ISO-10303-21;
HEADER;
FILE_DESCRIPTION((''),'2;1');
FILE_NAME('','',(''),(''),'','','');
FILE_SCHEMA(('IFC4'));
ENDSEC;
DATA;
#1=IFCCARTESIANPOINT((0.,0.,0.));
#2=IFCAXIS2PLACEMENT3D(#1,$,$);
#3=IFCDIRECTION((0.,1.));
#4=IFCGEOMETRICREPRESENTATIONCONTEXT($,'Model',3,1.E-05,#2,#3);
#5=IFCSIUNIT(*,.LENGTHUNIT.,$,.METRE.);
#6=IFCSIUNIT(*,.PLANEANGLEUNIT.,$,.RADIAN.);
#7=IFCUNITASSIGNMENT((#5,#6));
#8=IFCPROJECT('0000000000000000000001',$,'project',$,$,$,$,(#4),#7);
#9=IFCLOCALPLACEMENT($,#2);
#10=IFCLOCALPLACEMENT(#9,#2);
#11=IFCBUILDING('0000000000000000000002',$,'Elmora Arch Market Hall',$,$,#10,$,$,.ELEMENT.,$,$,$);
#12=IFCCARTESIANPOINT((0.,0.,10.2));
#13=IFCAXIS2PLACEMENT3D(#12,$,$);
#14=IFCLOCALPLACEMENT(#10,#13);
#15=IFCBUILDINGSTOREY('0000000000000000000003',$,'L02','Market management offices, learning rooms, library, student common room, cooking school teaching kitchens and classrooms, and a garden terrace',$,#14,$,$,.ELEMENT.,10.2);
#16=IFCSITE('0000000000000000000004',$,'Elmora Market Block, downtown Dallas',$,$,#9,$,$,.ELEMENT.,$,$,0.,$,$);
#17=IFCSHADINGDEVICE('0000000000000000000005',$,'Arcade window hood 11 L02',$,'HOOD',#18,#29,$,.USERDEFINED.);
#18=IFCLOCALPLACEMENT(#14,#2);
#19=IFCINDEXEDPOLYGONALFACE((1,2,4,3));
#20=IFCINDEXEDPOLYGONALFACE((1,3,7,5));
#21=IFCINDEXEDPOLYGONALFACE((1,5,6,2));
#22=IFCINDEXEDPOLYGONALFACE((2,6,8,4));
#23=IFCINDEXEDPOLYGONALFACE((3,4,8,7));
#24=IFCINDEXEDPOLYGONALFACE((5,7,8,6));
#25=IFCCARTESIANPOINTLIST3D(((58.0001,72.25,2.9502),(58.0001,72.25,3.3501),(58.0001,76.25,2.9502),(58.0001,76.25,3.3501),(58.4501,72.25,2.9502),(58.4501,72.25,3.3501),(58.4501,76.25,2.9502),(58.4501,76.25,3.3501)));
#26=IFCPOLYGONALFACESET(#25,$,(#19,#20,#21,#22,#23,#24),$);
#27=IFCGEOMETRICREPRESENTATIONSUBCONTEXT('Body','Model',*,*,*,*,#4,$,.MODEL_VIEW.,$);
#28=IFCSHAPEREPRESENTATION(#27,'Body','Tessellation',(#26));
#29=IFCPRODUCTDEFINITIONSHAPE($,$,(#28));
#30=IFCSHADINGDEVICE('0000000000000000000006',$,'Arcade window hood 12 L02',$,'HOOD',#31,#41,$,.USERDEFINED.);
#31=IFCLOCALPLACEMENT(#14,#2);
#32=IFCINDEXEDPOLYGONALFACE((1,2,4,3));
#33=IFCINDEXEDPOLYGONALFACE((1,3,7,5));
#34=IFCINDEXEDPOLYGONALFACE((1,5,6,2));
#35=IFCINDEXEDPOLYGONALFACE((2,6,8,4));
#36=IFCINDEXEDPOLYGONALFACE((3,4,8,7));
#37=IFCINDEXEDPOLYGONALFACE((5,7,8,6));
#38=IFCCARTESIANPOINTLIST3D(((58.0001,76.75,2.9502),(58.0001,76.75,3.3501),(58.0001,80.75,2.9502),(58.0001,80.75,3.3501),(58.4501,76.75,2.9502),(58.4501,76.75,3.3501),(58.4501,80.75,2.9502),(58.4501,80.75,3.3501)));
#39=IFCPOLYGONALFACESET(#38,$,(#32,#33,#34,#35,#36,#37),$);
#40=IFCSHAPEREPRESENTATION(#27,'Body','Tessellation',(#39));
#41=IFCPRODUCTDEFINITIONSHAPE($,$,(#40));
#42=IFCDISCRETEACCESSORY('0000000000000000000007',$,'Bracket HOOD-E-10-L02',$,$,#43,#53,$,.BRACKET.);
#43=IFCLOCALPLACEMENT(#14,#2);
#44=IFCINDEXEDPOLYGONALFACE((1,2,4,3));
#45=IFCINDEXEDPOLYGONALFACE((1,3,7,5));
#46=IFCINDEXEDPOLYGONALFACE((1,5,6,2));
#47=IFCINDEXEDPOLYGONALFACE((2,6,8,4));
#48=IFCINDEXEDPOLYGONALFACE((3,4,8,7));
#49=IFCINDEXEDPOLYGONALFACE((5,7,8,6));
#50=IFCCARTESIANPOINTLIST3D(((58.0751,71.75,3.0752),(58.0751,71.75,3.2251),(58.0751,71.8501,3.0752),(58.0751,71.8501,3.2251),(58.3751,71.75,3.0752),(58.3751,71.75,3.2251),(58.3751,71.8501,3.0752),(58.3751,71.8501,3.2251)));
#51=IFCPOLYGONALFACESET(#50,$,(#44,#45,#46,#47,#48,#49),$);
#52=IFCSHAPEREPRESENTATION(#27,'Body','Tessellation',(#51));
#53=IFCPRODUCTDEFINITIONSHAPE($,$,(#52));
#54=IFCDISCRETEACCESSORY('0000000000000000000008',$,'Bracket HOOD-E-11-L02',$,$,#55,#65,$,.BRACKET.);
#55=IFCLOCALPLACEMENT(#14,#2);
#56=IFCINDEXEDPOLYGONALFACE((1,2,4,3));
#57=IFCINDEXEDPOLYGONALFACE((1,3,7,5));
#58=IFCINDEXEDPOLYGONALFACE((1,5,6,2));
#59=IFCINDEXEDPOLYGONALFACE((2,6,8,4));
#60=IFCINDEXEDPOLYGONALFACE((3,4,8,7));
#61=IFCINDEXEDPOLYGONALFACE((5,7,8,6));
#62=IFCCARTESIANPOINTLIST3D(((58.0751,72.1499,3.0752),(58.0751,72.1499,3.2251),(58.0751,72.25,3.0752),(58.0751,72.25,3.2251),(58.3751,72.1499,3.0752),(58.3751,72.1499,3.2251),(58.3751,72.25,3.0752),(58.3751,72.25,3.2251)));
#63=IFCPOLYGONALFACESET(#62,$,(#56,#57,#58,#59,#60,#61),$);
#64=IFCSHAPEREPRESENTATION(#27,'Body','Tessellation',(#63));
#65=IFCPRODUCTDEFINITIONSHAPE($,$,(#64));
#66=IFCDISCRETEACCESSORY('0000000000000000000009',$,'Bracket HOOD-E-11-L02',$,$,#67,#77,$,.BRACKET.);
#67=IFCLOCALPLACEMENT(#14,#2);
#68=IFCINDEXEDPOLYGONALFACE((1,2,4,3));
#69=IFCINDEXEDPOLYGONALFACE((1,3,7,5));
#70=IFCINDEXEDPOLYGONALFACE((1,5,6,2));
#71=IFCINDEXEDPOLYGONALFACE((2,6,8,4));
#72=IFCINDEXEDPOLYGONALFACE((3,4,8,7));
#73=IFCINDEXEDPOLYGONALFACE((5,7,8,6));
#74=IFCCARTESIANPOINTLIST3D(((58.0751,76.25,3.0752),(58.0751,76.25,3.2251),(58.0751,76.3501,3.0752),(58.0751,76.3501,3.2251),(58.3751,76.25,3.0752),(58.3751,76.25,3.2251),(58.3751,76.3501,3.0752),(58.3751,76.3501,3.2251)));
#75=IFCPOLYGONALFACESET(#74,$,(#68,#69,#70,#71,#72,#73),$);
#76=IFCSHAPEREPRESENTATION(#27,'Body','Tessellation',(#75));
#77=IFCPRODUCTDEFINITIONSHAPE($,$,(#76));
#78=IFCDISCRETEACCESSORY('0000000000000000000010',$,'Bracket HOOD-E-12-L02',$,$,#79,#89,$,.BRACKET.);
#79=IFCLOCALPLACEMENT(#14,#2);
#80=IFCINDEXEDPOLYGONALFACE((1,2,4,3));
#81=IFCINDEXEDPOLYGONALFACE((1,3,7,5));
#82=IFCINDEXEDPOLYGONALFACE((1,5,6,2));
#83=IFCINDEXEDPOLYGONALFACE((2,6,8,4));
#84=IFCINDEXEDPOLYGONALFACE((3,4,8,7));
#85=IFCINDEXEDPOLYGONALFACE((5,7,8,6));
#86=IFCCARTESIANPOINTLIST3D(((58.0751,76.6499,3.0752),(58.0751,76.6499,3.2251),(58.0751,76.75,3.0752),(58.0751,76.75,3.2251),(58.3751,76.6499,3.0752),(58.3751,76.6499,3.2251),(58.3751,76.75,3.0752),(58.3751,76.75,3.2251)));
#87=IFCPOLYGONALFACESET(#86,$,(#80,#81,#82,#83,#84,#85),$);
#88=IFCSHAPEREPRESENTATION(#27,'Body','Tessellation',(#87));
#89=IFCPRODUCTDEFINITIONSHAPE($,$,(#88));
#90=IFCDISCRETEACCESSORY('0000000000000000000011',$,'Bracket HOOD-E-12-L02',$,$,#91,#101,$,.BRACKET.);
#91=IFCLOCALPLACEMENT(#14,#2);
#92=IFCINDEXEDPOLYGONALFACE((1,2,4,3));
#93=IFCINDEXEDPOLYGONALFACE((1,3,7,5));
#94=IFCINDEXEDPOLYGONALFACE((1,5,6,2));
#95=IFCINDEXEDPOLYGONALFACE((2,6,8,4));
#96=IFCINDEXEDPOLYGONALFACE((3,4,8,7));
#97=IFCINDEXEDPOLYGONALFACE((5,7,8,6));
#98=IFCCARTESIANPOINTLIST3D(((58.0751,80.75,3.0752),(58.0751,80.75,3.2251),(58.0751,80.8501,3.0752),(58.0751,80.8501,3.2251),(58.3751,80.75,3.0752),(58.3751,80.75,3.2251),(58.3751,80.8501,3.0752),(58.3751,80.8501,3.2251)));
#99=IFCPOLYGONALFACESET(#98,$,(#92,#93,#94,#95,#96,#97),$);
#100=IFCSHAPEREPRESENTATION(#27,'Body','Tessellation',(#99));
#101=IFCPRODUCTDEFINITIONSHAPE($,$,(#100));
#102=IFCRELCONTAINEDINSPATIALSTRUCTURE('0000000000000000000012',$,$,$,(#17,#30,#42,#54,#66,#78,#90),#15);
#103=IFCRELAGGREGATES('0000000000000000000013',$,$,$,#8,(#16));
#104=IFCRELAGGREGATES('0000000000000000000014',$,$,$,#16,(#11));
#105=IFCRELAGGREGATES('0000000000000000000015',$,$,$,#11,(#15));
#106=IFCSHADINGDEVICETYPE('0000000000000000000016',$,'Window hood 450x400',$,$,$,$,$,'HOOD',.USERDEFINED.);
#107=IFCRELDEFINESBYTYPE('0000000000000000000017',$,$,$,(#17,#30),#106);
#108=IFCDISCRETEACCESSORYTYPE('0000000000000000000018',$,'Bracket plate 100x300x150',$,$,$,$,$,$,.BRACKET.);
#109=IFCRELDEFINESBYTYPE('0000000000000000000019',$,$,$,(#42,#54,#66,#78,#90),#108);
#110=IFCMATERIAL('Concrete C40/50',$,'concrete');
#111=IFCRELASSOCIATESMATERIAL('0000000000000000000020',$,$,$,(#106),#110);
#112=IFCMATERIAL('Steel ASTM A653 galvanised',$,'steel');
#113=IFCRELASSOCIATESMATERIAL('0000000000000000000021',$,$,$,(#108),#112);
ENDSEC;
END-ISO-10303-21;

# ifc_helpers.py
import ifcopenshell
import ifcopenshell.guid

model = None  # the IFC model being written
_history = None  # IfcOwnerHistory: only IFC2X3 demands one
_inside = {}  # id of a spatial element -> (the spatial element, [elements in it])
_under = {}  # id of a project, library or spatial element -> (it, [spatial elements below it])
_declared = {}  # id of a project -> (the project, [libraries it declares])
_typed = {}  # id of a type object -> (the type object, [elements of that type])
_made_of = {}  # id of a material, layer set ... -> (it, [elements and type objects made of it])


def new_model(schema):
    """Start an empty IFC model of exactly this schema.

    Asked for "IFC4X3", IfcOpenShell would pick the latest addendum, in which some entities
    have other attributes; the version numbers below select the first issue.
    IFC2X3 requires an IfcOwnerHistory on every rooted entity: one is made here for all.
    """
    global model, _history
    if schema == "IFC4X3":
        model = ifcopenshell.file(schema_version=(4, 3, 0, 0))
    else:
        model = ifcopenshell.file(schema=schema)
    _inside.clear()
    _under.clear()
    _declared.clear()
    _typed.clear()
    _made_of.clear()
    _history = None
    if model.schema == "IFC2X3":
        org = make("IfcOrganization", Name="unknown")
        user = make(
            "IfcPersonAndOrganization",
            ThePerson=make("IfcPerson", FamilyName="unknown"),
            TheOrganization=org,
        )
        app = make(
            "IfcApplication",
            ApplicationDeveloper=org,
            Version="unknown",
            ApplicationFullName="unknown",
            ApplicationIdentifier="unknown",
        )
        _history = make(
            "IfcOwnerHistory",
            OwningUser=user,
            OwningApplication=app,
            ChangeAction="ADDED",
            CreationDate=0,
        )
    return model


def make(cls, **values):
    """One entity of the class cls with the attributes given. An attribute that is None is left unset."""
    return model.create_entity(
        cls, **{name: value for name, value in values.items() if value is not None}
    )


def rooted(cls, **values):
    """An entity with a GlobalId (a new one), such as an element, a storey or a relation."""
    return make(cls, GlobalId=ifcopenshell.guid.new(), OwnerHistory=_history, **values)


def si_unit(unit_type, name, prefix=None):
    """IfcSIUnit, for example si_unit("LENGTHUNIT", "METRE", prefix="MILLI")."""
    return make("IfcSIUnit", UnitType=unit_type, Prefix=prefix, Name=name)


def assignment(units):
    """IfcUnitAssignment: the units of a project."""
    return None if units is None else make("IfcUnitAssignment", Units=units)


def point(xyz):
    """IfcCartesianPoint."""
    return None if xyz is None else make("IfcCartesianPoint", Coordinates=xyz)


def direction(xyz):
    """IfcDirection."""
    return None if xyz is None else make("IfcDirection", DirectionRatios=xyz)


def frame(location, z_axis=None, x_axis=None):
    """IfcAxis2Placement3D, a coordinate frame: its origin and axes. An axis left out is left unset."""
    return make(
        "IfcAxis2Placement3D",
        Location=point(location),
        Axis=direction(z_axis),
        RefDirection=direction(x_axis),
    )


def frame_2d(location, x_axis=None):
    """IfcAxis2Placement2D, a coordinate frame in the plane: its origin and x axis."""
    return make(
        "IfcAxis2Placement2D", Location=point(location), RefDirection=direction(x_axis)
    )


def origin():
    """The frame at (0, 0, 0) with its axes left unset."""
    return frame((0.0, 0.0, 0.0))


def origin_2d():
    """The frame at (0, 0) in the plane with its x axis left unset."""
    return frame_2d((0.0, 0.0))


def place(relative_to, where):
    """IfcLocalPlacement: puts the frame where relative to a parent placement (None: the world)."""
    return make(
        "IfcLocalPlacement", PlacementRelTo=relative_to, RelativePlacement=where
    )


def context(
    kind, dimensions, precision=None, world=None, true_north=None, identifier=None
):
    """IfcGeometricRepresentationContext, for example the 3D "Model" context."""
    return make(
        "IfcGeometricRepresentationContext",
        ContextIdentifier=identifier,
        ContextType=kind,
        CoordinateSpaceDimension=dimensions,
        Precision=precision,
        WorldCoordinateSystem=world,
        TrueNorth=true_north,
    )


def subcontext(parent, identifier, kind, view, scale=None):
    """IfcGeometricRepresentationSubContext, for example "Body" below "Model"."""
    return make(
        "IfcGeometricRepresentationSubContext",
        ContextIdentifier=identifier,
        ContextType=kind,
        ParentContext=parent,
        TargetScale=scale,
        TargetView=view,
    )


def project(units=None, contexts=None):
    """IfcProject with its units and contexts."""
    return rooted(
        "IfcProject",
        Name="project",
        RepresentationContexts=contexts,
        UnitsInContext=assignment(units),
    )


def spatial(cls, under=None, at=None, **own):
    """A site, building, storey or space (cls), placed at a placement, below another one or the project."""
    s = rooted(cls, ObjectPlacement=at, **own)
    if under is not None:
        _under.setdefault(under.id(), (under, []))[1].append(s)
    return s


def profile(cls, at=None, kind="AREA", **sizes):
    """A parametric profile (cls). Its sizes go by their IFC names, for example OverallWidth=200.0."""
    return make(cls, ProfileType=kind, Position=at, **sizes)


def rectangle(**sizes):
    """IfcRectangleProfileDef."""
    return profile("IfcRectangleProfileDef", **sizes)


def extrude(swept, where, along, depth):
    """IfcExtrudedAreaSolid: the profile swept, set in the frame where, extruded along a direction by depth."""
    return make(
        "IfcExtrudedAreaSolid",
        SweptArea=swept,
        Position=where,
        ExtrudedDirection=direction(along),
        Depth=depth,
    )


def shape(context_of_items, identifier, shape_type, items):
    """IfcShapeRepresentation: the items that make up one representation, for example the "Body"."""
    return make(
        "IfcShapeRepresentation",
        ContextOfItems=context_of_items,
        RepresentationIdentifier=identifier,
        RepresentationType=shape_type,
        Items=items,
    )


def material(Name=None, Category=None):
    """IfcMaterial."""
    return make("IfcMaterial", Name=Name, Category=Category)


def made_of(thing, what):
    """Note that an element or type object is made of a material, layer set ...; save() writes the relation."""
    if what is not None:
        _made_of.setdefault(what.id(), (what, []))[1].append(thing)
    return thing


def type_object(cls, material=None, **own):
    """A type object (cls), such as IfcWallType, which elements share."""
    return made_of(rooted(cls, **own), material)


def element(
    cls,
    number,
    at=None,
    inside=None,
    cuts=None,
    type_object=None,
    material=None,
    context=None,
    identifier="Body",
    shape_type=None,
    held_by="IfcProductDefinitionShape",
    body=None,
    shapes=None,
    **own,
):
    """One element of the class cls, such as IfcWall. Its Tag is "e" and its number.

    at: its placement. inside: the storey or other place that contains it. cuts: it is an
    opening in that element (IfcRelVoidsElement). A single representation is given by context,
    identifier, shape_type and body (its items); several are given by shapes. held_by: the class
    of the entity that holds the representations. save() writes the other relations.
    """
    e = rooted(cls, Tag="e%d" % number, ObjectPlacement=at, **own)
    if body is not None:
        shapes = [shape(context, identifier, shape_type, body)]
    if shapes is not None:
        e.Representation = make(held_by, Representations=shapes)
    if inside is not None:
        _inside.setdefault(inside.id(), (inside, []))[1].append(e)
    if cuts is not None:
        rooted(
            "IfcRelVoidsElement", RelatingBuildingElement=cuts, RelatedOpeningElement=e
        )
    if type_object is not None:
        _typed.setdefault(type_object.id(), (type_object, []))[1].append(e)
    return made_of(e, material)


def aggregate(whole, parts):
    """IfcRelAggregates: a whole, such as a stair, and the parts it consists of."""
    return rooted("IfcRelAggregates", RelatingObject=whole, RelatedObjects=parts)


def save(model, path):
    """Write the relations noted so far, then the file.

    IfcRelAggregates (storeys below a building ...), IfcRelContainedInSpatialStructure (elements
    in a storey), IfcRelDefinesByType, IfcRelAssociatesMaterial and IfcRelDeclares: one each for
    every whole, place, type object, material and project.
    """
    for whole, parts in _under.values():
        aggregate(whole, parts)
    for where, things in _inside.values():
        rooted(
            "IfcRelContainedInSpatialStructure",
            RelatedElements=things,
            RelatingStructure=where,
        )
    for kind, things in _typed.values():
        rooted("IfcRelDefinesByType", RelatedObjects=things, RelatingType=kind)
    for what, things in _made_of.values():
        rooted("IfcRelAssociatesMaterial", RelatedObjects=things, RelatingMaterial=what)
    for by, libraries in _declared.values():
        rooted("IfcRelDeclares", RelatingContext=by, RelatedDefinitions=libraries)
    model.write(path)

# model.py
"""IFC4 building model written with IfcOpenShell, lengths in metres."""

from ifc_helpers import new_model, si_unit, direction, frame, origin, origin_2d, place, context, subcontext, project, spatial, rectangle, extrude, material, type_object, element, save


model = new_model("IFC4")

# Units and contexts
model_context = context("Model", 3, precision=1e-05, world=origin(), true_north=direction((0.0, 1.0)))
body_context = subcontext(model_context, "Body", "Model", "MODEL_VIEW")
ifc_project = project(units=[si_unit("LENGTHUNIT", "METRE"), si_unit("PLANEANGLEUNIT", "RADIAN")], contexts=[model_context])

# Site, building, storey
site_placement = place(None, origin())
site = spatial("IfcSite", under=ifc_project, at=site_placement, Name="Elmora Market Block, downtown Dallas", CompositionType="ELEMENT", RefElevation=0.0)
building_placement = place(site_placement, origin())
building = spatial("IfcBuilding", under=site, at=building_placement, Name="Elmora Arch Market Hall", CompositionType="ELEMENT")
storey_placement = place(building_placement, frame((0.0, 0.0, 10.2)))
storey = spatial("IfcBuildingStorey", under=building, at=storey_placement, Name="L02", Description="Market management offices, learning rooms, library, student common room, cooking school teaching kitchens and classrooms, and a garden terrace", CompositionType="ELEMENT", Elevation=10.2)

# Shading devices
ifc_material_1 = material(Name="Concrete C40/50", Category="concrete")
shading_device_type_1 = type_object("IfcShadingDeviceType", Name="Window hood 450x400", ElementType="HOOD", PredefinedType="USERDEFINED", material=ifc_material_1)
for number, where, z_axis, x_axis, name in (
    (1, (58.2251, 74.25, 2.9502), (0.0, 0.0, 1.0), (1.0, 0.0, 0.0), "Arcade window hood 11 L02"),
    (2, (58.2251, 78.75, 2.9502), (0.0, 0.0, 1.0), (1.0, 0.0, 0.0), "Arcade window hood 12 L02"),
):
    element("IfcShadingDevice", number, at=place(storey_placement, frame(where, z_axis=z_axis, x_axis=x_axis)), inside=storey, type_object=shading_device_type_1, Name=name, ObjectType="HOOD", PredefinedType="USERDEFINED", context=body_context, shape_type="SweptSolid", body=[
        extrude(rectangle(XDim=0.45, YDim=4.0, at=origin_2d()), origin(), (0.0, 0.0, 1.0), 0.3999),
    ])

# Discrete accessories
ifc_material_2 = material(Name="Steel ASTM A653 galvanised", Category="steel")
discrete_accessory_type = type_object("IfcDiscreteAccessoryType", Name="Bracket plate 100x300x150", PredefinedType="BRACKET", material=ifc_material_2)
for number, where, z_axis, x_axis, name in (
    (3, (58.2251, 71.8, 3.0752), (0.0, 0.0, 1.0), (1.0, 0.0, 0.0), "Bracket HOOD-E-10-L02"),
    (4, (58.2251, 72.2, 3.0752), (0.0, 0.0, 1.0), (1.0, 0.0, 0.0), "Bracket HOOD-E-11-L02"),
    (5, (58.2251, 76.3, 3.0752), (0.0, 0.0, 1.0), (1.0, 0.0, 0.0), "Bracket HOOD-E-11-L02"),
    (6, (58.2251, 76.7, 3.0752), (0.0, 0.0, 1.0), (1.0, 0.0, 0.0), "Bracket HOOD-E-12-L02"),
    (7, (58.2251, 80.8, 3.0752), (0.0, 0.0, 1.0), (1.0, 0.0, 0.0), "Bracket HOOD-E-12-L02"),
):
    element("IfcDiscreteAccessory", number, at=place(storey_placement, frame(where, z_axis=z_axis, x_axis=x_axis)), inside=storey, type_object=discrete_accessory_type, Name=name, PredefinedType="BRACKET", context=body_context, shape_type="SweptSolid", body=[
        extrude(rectangle(XDim=0.3, YDim=0.1001, at=origin_2d()), origin(), (0.0, 0.0, 1.0), 0.1499),
    ])

save(model, "model.ifc")
